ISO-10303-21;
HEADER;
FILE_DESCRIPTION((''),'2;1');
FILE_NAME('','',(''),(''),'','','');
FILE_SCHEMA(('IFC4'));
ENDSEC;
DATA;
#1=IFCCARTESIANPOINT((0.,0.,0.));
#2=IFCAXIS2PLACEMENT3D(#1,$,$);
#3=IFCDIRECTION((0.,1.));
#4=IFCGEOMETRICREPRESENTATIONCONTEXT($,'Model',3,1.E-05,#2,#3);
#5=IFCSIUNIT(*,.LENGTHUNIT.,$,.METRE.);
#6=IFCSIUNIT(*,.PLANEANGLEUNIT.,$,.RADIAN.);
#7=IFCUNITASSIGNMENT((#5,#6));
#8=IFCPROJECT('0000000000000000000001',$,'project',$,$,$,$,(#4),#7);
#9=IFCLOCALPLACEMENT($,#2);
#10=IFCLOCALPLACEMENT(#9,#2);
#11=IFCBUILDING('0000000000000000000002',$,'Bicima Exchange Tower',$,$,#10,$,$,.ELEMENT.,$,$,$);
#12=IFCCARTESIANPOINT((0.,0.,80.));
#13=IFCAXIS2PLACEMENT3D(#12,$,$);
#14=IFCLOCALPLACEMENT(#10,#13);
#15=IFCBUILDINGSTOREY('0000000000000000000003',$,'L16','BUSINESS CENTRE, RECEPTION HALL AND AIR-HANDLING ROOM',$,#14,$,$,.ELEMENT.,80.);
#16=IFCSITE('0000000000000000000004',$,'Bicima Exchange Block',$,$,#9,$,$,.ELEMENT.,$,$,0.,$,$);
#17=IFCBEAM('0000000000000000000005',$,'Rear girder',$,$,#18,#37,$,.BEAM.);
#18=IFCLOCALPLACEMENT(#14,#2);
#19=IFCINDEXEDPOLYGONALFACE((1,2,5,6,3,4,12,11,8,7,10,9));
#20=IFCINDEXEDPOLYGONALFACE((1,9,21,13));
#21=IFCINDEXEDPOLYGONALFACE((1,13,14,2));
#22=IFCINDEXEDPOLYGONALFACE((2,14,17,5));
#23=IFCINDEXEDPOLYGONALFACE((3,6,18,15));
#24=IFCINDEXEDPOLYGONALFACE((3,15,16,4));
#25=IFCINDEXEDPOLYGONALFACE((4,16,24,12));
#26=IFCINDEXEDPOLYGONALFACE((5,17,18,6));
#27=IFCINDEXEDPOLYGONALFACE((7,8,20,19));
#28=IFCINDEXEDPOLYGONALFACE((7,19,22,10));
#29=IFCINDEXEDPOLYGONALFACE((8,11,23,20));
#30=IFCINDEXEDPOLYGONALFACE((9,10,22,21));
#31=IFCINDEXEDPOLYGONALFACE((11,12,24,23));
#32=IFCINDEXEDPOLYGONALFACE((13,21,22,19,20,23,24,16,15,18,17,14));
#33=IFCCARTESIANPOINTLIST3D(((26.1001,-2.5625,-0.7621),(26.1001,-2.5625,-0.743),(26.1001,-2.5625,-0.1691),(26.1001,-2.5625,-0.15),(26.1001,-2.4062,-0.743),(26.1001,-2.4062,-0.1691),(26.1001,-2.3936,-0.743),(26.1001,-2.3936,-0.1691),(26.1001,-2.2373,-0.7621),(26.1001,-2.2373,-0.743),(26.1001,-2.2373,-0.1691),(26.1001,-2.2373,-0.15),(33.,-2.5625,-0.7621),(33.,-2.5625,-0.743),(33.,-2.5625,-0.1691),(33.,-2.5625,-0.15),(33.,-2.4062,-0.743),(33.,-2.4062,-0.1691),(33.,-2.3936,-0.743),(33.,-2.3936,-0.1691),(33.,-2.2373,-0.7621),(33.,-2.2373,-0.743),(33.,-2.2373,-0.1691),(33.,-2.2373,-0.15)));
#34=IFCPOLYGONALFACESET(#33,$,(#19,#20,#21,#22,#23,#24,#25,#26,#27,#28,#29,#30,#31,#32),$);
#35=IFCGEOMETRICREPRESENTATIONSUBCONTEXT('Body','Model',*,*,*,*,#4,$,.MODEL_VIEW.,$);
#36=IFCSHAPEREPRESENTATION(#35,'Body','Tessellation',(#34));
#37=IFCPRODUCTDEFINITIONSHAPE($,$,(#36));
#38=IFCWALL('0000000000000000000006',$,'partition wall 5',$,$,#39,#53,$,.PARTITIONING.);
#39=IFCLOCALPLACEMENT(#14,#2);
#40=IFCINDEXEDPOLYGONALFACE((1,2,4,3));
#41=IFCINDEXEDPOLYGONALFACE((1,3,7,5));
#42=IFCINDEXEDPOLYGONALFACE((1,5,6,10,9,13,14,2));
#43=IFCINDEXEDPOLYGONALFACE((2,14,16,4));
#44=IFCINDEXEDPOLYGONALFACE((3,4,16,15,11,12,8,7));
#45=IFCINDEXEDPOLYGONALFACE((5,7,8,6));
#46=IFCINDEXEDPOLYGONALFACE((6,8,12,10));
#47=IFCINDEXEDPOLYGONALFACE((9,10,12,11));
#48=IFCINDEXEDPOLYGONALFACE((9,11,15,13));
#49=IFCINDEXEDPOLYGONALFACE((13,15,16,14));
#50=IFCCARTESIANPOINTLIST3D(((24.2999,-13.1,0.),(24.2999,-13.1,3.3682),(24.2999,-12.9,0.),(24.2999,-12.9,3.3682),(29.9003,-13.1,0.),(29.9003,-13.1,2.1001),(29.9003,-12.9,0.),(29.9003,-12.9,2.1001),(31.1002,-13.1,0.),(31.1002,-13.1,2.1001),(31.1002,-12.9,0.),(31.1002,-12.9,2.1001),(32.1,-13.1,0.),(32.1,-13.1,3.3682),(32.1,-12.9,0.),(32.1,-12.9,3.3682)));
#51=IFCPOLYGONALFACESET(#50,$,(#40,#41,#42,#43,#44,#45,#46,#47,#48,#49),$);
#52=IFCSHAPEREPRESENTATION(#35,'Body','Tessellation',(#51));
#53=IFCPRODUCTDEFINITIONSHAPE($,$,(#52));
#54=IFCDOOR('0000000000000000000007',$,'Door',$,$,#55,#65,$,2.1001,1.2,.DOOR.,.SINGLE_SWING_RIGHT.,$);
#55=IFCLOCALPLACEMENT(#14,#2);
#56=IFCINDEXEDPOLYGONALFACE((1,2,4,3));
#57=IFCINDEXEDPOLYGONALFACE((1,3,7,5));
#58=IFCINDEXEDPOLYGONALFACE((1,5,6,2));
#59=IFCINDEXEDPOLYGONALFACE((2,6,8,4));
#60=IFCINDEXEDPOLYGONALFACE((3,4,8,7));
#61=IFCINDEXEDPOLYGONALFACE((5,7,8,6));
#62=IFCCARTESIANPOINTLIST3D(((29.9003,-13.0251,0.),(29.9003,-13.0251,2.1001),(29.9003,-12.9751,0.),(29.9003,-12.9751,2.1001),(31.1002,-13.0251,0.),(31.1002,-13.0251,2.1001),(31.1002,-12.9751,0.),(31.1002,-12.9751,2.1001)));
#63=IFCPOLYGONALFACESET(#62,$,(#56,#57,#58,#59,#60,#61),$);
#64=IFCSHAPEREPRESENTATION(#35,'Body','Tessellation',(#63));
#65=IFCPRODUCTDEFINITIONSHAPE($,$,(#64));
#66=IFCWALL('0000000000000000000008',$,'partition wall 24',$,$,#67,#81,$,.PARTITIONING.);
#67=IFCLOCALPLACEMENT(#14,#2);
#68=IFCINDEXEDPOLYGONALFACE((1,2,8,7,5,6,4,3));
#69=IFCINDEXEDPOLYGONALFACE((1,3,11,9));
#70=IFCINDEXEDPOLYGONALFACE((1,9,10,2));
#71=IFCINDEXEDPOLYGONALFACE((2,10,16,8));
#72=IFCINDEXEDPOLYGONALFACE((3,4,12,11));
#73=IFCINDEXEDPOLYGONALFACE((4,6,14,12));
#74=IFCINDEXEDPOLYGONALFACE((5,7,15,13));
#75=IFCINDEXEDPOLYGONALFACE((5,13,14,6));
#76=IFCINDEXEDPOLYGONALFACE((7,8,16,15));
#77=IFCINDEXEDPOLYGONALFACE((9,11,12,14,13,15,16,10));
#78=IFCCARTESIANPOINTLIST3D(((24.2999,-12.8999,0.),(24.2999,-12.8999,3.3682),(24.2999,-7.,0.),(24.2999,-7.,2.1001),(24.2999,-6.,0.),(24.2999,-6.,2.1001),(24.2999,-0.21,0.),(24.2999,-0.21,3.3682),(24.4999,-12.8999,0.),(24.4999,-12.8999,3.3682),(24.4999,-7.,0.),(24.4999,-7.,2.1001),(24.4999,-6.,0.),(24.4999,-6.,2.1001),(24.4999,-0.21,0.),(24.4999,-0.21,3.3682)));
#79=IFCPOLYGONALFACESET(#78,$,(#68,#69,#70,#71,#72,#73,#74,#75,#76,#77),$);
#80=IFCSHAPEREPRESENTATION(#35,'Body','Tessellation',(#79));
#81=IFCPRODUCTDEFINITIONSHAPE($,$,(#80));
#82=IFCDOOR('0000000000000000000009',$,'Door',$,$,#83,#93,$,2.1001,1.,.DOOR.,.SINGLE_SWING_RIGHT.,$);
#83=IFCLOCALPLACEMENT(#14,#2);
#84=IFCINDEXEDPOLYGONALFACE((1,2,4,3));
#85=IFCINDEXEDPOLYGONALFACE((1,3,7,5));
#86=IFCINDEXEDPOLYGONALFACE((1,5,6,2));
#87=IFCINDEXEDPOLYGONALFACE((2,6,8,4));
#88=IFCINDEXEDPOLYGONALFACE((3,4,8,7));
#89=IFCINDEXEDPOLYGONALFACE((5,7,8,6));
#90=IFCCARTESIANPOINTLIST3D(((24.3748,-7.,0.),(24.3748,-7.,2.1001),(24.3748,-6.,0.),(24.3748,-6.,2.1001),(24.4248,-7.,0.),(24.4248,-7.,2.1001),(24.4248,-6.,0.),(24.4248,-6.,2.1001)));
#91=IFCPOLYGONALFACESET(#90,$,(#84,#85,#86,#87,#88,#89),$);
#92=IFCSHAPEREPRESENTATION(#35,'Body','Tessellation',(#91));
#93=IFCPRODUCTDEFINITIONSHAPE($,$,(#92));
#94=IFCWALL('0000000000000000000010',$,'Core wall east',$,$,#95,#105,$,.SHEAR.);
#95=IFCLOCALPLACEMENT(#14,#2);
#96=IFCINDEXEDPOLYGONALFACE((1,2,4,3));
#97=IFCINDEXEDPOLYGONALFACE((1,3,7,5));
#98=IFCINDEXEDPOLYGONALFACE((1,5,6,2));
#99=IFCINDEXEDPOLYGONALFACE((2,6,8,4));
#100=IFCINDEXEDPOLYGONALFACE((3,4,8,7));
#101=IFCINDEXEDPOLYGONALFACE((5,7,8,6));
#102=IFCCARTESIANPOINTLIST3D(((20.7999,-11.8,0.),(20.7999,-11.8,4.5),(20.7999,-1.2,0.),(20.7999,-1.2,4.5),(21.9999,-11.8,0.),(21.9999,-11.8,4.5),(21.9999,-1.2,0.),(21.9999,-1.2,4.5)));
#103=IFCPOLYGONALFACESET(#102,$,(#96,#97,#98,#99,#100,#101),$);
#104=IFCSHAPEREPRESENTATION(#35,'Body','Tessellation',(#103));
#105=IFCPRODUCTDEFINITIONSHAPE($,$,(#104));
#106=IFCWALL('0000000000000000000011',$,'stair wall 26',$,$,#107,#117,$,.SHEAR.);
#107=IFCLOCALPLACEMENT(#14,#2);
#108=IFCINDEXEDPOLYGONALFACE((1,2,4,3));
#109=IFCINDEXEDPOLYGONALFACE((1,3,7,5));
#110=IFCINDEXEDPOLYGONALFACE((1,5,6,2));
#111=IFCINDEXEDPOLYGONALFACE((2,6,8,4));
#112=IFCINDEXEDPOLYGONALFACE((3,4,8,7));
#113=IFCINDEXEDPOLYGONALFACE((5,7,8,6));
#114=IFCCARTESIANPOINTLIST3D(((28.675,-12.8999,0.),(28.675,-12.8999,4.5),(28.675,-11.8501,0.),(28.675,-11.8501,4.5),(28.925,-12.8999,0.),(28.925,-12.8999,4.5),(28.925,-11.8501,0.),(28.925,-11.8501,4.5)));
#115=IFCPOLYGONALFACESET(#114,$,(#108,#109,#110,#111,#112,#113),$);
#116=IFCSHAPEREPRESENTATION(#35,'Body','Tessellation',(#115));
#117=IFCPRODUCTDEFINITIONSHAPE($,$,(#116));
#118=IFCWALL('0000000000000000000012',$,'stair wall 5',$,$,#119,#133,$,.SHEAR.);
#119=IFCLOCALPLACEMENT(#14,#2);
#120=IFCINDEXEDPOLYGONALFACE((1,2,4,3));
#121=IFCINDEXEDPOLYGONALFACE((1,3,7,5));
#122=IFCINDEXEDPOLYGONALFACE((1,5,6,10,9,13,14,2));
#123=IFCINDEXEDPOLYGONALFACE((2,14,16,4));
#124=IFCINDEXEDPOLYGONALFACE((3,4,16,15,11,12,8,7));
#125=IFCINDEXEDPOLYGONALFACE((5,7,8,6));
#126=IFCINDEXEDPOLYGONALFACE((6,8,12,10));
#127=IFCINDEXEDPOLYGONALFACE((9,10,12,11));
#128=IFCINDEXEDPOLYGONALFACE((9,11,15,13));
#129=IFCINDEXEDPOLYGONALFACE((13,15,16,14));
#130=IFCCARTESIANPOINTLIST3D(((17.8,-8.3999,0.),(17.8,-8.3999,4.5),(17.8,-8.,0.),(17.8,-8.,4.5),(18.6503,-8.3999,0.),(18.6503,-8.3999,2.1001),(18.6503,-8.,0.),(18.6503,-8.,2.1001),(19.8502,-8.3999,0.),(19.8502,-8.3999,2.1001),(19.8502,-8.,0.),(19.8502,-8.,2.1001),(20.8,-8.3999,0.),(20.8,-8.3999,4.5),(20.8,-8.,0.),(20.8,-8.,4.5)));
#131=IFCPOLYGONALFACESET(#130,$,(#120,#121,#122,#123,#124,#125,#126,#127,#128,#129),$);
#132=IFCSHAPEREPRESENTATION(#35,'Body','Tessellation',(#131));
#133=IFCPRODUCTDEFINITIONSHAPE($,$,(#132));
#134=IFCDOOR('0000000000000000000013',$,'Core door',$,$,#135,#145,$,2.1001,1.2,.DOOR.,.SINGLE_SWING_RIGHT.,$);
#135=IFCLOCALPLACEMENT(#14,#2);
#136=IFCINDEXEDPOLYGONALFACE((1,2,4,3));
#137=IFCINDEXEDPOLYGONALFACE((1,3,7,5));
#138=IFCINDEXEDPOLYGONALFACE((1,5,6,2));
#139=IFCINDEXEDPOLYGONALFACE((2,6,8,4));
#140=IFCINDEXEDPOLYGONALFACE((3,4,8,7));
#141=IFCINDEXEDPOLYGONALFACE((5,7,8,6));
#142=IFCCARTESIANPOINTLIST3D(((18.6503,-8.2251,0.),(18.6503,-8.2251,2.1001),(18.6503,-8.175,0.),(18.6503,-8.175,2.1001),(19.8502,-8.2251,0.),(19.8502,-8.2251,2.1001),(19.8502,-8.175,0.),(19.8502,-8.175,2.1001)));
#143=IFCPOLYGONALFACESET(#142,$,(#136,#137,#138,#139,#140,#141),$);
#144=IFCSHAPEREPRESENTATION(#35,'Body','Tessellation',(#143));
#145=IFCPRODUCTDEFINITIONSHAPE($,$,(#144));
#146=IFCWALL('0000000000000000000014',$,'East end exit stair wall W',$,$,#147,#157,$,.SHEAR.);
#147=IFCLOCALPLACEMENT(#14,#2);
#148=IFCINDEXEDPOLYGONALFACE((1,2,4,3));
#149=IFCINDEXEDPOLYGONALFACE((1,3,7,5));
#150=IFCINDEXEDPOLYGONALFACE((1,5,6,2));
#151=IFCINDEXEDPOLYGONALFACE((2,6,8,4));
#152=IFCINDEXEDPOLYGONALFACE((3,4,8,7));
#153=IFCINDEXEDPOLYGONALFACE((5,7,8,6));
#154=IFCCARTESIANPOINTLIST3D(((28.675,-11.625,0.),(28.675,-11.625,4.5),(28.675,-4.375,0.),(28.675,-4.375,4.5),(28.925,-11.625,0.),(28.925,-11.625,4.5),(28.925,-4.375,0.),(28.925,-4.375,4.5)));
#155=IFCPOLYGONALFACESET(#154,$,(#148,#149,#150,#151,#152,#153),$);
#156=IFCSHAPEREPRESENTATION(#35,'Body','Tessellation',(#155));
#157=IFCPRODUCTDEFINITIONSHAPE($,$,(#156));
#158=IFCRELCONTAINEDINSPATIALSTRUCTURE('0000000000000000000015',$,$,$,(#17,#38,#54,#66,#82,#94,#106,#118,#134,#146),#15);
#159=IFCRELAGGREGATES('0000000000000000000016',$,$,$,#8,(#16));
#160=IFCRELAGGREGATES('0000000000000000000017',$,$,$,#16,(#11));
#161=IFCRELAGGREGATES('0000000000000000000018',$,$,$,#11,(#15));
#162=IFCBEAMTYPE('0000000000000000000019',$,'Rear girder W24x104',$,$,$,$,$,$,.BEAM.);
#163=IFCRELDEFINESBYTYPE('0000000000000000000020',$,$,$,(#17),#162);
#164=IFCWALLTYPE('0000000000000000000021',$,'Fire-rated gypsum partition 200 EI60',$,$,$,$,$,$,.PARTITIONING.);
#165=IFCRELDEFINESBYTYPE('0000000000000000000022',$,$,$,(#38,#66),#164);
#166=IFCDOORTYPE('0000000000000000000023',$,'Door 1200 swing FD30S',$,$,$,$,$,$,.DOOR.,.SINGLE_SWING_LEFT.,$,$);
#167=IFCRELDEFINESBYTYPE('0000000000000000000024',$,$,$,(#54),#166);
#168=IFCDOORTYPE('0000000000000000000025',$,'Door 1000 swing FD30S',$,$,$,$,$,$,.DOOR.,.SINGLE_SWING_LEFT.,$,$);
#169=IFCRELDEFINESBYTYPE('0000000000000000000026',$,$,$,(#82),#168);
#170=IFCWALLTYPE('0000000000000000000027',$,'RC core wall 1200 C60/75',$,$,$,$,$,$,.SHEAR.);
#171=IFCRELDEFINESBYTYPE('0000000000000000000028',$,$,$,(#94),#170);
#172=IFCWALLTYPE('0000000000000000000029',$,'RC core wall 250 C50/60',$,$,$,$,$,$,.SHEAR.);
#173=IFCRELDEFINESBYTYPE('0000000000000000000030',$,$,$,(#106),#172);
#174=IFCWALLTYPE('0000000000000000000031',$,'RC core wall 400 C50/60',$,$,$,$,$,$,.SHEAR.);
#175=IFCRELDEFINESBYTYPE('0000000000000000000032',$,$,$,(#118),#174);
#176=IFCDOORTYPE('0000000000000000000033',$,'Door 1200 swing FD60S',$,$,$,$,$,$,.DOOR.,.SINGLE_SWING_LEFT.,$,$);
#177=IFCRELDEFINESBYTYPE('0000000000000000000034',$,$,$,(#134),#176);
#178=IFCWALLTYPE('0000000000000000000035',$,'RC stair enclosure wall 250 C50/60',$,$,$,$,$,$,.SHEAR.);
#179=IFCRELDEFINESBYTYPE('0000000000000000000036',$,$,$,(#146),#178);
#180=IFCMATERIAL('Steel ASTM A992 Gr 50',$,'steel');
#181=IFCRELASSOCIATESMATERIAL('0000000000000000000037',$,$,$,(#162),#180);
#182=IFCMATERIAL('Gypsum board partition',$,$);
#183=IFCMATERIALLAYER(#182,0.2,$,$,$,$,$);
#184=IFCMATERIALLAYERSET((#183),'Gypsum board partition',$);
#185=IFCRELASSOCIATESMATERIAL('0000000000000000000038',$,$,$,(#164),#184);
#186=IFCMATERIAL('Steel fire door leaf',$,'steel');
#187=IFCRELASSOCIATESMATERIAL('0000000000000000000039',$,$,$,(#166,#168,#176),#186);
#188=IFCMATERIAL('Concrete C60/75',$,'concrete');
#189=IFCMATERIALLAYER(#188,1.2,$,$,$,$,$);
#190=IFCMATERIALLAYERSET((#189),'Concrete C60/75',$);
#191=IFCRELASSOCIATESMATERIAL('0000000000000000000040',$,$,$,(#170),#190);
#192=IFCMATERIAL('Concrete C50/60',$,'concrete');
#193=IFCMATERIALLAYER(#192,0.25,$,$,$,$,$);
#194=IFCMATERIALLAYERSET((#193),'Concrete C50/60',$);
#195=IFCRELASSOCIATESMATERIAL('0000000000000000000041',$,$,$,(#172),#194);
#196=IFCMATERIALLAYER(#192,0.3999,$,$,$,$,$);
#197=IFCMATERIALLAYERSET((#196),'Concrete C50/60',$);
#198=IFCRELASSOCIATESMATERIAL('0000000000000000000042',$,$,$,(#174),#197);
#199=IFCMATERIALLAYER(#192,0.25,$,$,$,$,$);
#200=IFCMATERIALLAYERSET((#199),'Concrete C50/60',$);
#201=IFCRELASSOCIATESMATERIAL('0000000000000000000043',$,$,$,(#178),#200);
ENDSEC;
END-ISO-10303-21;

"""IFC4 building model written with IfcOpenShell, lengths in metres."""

from ifc_helpers import new_model, si_unit, direction, frame, frame_2d, origin, origin_2d, place, context, subcontext, project, spatial, rectangle, i_section, extrude, material, layer, layer_set, material_profile, profile_set, type_object, element, fill, save


model = new_model("IFC4")

# Units and contexts
model_context = context("Model", 3, precision=1e-05, world=origin(), true_north=direction((0.0, 1.0)))
body_context = subcontext(model_context, "Body", "Model", "MODEL_VIEW")
ifc_project = project(units=[si_unit("LENGTHUNIT", "METRE"), si_unit("PLANEANGLEUNIT", "RADIAN")], contexts=[model_context])

# Site, building, storey
site_placement = place(None, origin())
site = spatial("IfcSite", under=ifc_project, at=site_placement, Name="Bicima Exchange Block", CompositionType="ELEMENT", RefElevation=0.0)
building_placement = place(site_placement, origin())
building = spatial("IfcBuilding", under=site, at=building_placement, Name="Bicima Exchange Tower", CompositionType="ELEMENT")
storey_placement = place(building_placement, frame((0.0, 0.0, 80.0)))
storey = spatial("IfcBuildingStorey", under=building, at=storey_placement, Name="L16", Description="BUSINESS CENTRE, RECEPTION HALL AND AIR-HANDLING ROOM", CompositionType="ELEMENT", Elevation=80.0)

# Shared definitions
ifc_material_1 = material(Name="Steel ASTM A992 Gr 50", Category="steel")

# Beam
ifc_material_profile_1 = material_profile(ifc_material_1, i_section(OverallWidth=0.3252, OverallDepth=0.6121, WebThickness=0.0127, FlangeThickness=0.019, at=origin_2d()))
ifc_profile_set_1 = profile_set([ifc_material_profile_1], Name="Steel ASTM A992 Gr 50")
beam_type_1 = type_object("IfcBeamType", Name="Rear girder W24x104", PredefinedType="BEAM", material=ifc_profile_set_1)
beam_1_placement = place(storey_placement, frame((26.1001, -2.3999, -0.4561), z_axis=(1.0, 0.0, 0.0), x_axis=(0.0, 1.0, 0.0)))
element("IfcBeam", 1, at=beam_1_placement, inside=storey, type_object=beam_type_1, Name="Rear girder", PredefinedType="BEAM", context=body_context, shape_type="SweptSolid", body=[
    extrude(i_section(OverallWidth=0.3252, OverallDepth=0.6121, WebThickness=0.0127, FlangeThickness=0.019, at=origin_2d()), origin(), (0.0, 0.0, 1.0), 6.8999),
])

# Walls, openings, doors
ifc_material_2 = material(Name="Gypsum board partition")
ifc_layer_1 = layer(ifc_material_2, 0.2)
ifc_layer_set_1 = layer_set([ifc_layer_1], Name="Gypsum board partition")
wall_type_1 = type_object("IfcWallType", Name="Fire-rated gypsum partition 200 EI60", PredefinedType="PARTITIONING", material=ifc_layer_set_1)
wall_1_placement = place(storey_placement, frame((24.3, -13.0, 0.0), z_axis=(0.0, 0.0, 1.0), x_axis=(1.0, 0.0, 0.0)))
wall_1 = element("IfcWall", 2, at=wall_1_placement, inside=storey, type_object=wall_type_1, Name="partition wall 5", PredefinedType="PARTITIONING", context=body_context, shape_type="SweptSolid", body=[
    extrude(rectangle(XDim=7.8, YDim=0.2, at=frame_2d((3.8999, 0.0))), origin(), (0.0, 0.0, 1.0), 3.3682),
])
opening_1_placement = place(wall_1_placement, frame((5.6001, 0.0, 0.0)))
opening_1 = element("IfcOpeningElement", 3, at=opening_1_placement, cuts=wall_1, PredefinedType="OPENING", context=body_context, shape_type="SweptSolid", body=[
    extrude(rectangle(XDim=1.2, YDim=2.1001, at=frame_2d((0.6001, 1.05))), frame((0.0, 0.1118, 0.0), z_axis=(0.0, -1.0, 0.0), x_axis=(1.0, 0.0, 0.0)), (0.0, 0.0, 1.0), 0.2239),
])
ifc_material_3 = material(Name="Steel fire door leaf", Category="steel")
door_type_1 = type_object("IfcDoorType", Name="Door 1200 swing FD30S", OperationType="SINGLE_SWING_LEFT", PredefinedType="DOOR", material=ifc_material_3)
door_1_placement = place(opening_1_placement, origin())
door_1 = element("IfcDoor", 4, at=door_1_placement, inside=storey, type_object=door_type_1, Name="Door", OperationType="SINGLE_SWING_RIGHT", OverallHeight=2.1001, OverallWidth=1.2, PredefinedType="DOOR", context=body_context, shape_type="SweptSolid", body=[
    extrude(rectangle(XDim=1.2, YDim=2.1001, at=frame_2d((0.6001, 1.05))), frame((0.0, 0.0249, 0.0), z_axis=(0.0, -1.0, 0.0), x_axis=(1.0, 0.0, 0.0)), (0.0, 0.0, 1.0), 0.05),
])
fill(opening_1, door_1)
wall_2_placement = place(storey_placement, frame((24.3999, -12.8999, 0.0), z_axis=(0.0, 0.0, 1.0), x_axis=(0.0, 1.0, 0.0)))
wall_2 = element("IfcWall", 5, at=wall_2_placement, inside=storey, type_object=wall_type_1, Name="partition wall 24", PredefinedType="PARTITIONING", context=body_context, shape_type="SweptSolid", body=[
    extrude(rectangle(XDim=12.6899, YDim=0.2, at=frame_2d((6.345, 0.0))), origin(), (0.0, 0.0, 1.0), 3.3682),
])
opening_2_placement = place(wall_2_placement, frame((5.8999, 0.0, 0.0)))
opening_2 = element("IfcOpeningElement", 6, at=opening_2_placement, cuts=wall_2, PredefinedType="OPENING", context=body_context, shape_type="SweptSolid", body=[
    extrude(rectangle(XDim=1.0, YDim=2.1001, at=frame_2d((0.5, 1.05))), frame((0.0, 0.1118, 0.0), z_axis=(0.0, -1.0, 0.0), x_axis=(1.0, 0.0, 0.0)), (0.0, 0.0, 1.0), 0.2239),
])
door_type_2 = type_object("IfcDoorType", Name="Door 1000 swing FD30S", OperationType="SINGLE_SWING_LEFT", PredefinedType="DOOR", material=ifc_material_3)
door_2_placement = place(opening_2_placement, frame((1.0, 0.0, 0.0), z_axis=(0.0, 0.0, 1.0), x_axis=(-1.0, 0.0, 0.0)))
door_2 = element("IfcDoor", 7, at=door_2_placement, inside=storey, type_object=door_type_2, Name="Door", OperationType="SINGLE_SWING_RIGHT", OverallHeight=2.1001, OverallWidth=1.0, PredefinedType="DOOR", context=body_context, shape_type="SweptSolid", body=[
    extrude(rectangle(XDim=1.0, YDim=2.1001, at=frame_2d((0.5, 1.05))), frame((0.0, 0.0249, 0.0), z_axis=(0.0, -1.0, 0.0), x_axis=(1.0, 0.0, 0.0)), (0.0, 0.0, 1.0), 0.05),
])
fill(opening_2, door_2)

# Walls
ifc_material_4 = material(Name="Concrete C60/75", Category="concrete")
ifc_layer_2 = layer(ifc_material_4, 1.2)
ifc_layer_set_2 = layer_set([ifc_layer_2], Name="Concrete C60/75")
wall_type_2 = type_object("IfcWallType", Name="RC core wall 1200 C60/75", PredefinedType="SHEAR", material=ifc_layer_set_2)
wall_3_placement = place(storey_placement, frame((21.3999, -11.8, 0.0), z_axis=(0.0, 0.0, 1.0), x_axis=(0.0, 1.0, 0.0)))
element("IfcWall", 8, at=wall_3_placement, inside=storey, type_object=wall_type_2, Name="Core wall east", PredefinedType="SHEAR", context=body_context, shape_type="SweptSolid", body=[
    extrude(rectangle(XDim=10.6001, YDim=1.2, at=frame_2d((5.3, 0.0))), origin(), (0.0, 0.0, 1.0), 4.5),
])
ifc_material_5 = material(Name="Concrete C50/60", Category="concrete")
ifc_layer_3 = layer(ifc_material_5, 0.25)
ifc_layer_set_3 = layer_set([ifc_layer_3], Name="Concrete C50/60")
wall_type_3 = type_object("IfcWallType", Name="RC core wall 250 C50/60", PredefinedType="SHEAR", material=ifc_layer_set_3)
wall_4_placement = place(storey_placement, frame((28.8, -12.8999, 0.0), z_axis=(0.0, 0.0, 1.0), x_axis=(0.0, 1.0, 0.0)))
element("IfcWall", 9, at=wall_4_placement, inside=storey, type_object=wall_type_3, Name="stair wall 26", PredefinedType="SHEAR", context=body_context, shape_type="SweptSolid", body=[
    extrude(rectangle(XDim=1.0498, YDim=0.25, at=frame_2d((0.5249, 0.0))), origin(), (0.0, 0.0, 1.0), 4.5),
])

# Wall, opening, door
ifc_layer_4 = layer(ifc_material_5, 0.3999)
ifc_layer_set_4 = layer_set([ifc_layer_4], Name="Concrete C50/60")
wall_type_4 = type_object("IfcWallType", Name="RC core wall 400 C50/60", PredefinedType="SHEAR", material=ifc_layer_set_4)
wall_5_placement = place(storey_placement, frame((17.8, -8.2, 0.0), z_axis=(0.0, 0.0, 1.0), x_axis=(1.0, 0.0, 0.0)))
wall_5 = element("IfcWall", 10, at=wall_5_placement, inside=storey, type_object=wall_type_4, Name="stair wall 5", PredefinedType="SHEAR", context=body_context, shape_type="SweptSolid", body=[
    extrude(rectangle(XDim=3.0, YDim=0.3999, at=frame_2d((1.5, 0.0))), origin(), (0.0, 0.0, 1.0), 4.5),
])
opening_3_placement = place(wall_5_placement, frame((0.8501, 0.0, 0.0)))
opening_3 = element("IfcOpeningElement", 11, at=opening_3_placement, cuts=wall_5, PredefinedType="OPENING", context=body_context, shape_type="SweptSolid", body=[
    extrude(rectangle(XDim=1.2, YDim=2.1001, at=frame_2d((0.6001, 1.05))), frame((0.0, 0.2119, 0.0), z_axis=(0.0, -1.0, 0.0), x_axis=(1.0, 0.0, 0.0)), (0.0, 0.0, 1.0), 0.4238),
])
door_type_3 = type_object("IfcDoorType", Name="Door 1200 swing FD60S", OperationType="SINGLE_SWING_LEFT", PredefinedType="DOOR", material=ifc_material_3)
door_3_placement = place(opening_3_placement, origin())
door_3 = element("IfcDoor", 12, at=door_3_placement, inside=storey, type_object=door_type_3, Name="Core door", OperationType="SINGLE_SWING_RIGHT", OverallHeight=2.1001, OverallWidth=1.2, PredefinedType="DOOR", context=body_context, shape_type="SweptSolid", body=[
    extrude(rectangle(XDim=1.2, YDim=2.1001, at=frame_2d((0.6001, 1.05))), frame((0.0, 0.0249, 0.0), z_axis=(0.0, -1.0, 0.0), x_axis=(1.0, 0.0, 0.0)), (0.0, 0.0, 1.0), 0.05),
])
fill(opening_3, door_3)

# Wall
ifc_layer_5 = layer(ifc_material_5, 0.25)
ifc_layer_set_5 = layer_set([ifc_layer_5], Name="Concrete C50/60")
wall_type_5 = type_object("IfcWallType", Name="RC stair enclosure wall 250 C50/60", PredefinedType="SHEAR", material=ifc_layer_set_5)
wall_6_placement = place(storey_placement, frame((28.8, -11.625, 0.0), z_axis=(0.0, 0.0, 1.0), x_axis=(0.0, 1.0, 0.0)))
element("IfcWall", 13, at=wall_6_placement, inside=storey, type_object=wall_type_5, Name="East end exit stair wall W", PredefinedType="SHEAR", context=body_context, shape_type="SweptSolid", body=[
    extrude(rectangle(XDim=7.25, YDim=0.25, at=frame_2d((3.625, 0.0))), origin(), (0.0, 0.0, 1.0), 4.5),
])

save(model, "model.ifc")
